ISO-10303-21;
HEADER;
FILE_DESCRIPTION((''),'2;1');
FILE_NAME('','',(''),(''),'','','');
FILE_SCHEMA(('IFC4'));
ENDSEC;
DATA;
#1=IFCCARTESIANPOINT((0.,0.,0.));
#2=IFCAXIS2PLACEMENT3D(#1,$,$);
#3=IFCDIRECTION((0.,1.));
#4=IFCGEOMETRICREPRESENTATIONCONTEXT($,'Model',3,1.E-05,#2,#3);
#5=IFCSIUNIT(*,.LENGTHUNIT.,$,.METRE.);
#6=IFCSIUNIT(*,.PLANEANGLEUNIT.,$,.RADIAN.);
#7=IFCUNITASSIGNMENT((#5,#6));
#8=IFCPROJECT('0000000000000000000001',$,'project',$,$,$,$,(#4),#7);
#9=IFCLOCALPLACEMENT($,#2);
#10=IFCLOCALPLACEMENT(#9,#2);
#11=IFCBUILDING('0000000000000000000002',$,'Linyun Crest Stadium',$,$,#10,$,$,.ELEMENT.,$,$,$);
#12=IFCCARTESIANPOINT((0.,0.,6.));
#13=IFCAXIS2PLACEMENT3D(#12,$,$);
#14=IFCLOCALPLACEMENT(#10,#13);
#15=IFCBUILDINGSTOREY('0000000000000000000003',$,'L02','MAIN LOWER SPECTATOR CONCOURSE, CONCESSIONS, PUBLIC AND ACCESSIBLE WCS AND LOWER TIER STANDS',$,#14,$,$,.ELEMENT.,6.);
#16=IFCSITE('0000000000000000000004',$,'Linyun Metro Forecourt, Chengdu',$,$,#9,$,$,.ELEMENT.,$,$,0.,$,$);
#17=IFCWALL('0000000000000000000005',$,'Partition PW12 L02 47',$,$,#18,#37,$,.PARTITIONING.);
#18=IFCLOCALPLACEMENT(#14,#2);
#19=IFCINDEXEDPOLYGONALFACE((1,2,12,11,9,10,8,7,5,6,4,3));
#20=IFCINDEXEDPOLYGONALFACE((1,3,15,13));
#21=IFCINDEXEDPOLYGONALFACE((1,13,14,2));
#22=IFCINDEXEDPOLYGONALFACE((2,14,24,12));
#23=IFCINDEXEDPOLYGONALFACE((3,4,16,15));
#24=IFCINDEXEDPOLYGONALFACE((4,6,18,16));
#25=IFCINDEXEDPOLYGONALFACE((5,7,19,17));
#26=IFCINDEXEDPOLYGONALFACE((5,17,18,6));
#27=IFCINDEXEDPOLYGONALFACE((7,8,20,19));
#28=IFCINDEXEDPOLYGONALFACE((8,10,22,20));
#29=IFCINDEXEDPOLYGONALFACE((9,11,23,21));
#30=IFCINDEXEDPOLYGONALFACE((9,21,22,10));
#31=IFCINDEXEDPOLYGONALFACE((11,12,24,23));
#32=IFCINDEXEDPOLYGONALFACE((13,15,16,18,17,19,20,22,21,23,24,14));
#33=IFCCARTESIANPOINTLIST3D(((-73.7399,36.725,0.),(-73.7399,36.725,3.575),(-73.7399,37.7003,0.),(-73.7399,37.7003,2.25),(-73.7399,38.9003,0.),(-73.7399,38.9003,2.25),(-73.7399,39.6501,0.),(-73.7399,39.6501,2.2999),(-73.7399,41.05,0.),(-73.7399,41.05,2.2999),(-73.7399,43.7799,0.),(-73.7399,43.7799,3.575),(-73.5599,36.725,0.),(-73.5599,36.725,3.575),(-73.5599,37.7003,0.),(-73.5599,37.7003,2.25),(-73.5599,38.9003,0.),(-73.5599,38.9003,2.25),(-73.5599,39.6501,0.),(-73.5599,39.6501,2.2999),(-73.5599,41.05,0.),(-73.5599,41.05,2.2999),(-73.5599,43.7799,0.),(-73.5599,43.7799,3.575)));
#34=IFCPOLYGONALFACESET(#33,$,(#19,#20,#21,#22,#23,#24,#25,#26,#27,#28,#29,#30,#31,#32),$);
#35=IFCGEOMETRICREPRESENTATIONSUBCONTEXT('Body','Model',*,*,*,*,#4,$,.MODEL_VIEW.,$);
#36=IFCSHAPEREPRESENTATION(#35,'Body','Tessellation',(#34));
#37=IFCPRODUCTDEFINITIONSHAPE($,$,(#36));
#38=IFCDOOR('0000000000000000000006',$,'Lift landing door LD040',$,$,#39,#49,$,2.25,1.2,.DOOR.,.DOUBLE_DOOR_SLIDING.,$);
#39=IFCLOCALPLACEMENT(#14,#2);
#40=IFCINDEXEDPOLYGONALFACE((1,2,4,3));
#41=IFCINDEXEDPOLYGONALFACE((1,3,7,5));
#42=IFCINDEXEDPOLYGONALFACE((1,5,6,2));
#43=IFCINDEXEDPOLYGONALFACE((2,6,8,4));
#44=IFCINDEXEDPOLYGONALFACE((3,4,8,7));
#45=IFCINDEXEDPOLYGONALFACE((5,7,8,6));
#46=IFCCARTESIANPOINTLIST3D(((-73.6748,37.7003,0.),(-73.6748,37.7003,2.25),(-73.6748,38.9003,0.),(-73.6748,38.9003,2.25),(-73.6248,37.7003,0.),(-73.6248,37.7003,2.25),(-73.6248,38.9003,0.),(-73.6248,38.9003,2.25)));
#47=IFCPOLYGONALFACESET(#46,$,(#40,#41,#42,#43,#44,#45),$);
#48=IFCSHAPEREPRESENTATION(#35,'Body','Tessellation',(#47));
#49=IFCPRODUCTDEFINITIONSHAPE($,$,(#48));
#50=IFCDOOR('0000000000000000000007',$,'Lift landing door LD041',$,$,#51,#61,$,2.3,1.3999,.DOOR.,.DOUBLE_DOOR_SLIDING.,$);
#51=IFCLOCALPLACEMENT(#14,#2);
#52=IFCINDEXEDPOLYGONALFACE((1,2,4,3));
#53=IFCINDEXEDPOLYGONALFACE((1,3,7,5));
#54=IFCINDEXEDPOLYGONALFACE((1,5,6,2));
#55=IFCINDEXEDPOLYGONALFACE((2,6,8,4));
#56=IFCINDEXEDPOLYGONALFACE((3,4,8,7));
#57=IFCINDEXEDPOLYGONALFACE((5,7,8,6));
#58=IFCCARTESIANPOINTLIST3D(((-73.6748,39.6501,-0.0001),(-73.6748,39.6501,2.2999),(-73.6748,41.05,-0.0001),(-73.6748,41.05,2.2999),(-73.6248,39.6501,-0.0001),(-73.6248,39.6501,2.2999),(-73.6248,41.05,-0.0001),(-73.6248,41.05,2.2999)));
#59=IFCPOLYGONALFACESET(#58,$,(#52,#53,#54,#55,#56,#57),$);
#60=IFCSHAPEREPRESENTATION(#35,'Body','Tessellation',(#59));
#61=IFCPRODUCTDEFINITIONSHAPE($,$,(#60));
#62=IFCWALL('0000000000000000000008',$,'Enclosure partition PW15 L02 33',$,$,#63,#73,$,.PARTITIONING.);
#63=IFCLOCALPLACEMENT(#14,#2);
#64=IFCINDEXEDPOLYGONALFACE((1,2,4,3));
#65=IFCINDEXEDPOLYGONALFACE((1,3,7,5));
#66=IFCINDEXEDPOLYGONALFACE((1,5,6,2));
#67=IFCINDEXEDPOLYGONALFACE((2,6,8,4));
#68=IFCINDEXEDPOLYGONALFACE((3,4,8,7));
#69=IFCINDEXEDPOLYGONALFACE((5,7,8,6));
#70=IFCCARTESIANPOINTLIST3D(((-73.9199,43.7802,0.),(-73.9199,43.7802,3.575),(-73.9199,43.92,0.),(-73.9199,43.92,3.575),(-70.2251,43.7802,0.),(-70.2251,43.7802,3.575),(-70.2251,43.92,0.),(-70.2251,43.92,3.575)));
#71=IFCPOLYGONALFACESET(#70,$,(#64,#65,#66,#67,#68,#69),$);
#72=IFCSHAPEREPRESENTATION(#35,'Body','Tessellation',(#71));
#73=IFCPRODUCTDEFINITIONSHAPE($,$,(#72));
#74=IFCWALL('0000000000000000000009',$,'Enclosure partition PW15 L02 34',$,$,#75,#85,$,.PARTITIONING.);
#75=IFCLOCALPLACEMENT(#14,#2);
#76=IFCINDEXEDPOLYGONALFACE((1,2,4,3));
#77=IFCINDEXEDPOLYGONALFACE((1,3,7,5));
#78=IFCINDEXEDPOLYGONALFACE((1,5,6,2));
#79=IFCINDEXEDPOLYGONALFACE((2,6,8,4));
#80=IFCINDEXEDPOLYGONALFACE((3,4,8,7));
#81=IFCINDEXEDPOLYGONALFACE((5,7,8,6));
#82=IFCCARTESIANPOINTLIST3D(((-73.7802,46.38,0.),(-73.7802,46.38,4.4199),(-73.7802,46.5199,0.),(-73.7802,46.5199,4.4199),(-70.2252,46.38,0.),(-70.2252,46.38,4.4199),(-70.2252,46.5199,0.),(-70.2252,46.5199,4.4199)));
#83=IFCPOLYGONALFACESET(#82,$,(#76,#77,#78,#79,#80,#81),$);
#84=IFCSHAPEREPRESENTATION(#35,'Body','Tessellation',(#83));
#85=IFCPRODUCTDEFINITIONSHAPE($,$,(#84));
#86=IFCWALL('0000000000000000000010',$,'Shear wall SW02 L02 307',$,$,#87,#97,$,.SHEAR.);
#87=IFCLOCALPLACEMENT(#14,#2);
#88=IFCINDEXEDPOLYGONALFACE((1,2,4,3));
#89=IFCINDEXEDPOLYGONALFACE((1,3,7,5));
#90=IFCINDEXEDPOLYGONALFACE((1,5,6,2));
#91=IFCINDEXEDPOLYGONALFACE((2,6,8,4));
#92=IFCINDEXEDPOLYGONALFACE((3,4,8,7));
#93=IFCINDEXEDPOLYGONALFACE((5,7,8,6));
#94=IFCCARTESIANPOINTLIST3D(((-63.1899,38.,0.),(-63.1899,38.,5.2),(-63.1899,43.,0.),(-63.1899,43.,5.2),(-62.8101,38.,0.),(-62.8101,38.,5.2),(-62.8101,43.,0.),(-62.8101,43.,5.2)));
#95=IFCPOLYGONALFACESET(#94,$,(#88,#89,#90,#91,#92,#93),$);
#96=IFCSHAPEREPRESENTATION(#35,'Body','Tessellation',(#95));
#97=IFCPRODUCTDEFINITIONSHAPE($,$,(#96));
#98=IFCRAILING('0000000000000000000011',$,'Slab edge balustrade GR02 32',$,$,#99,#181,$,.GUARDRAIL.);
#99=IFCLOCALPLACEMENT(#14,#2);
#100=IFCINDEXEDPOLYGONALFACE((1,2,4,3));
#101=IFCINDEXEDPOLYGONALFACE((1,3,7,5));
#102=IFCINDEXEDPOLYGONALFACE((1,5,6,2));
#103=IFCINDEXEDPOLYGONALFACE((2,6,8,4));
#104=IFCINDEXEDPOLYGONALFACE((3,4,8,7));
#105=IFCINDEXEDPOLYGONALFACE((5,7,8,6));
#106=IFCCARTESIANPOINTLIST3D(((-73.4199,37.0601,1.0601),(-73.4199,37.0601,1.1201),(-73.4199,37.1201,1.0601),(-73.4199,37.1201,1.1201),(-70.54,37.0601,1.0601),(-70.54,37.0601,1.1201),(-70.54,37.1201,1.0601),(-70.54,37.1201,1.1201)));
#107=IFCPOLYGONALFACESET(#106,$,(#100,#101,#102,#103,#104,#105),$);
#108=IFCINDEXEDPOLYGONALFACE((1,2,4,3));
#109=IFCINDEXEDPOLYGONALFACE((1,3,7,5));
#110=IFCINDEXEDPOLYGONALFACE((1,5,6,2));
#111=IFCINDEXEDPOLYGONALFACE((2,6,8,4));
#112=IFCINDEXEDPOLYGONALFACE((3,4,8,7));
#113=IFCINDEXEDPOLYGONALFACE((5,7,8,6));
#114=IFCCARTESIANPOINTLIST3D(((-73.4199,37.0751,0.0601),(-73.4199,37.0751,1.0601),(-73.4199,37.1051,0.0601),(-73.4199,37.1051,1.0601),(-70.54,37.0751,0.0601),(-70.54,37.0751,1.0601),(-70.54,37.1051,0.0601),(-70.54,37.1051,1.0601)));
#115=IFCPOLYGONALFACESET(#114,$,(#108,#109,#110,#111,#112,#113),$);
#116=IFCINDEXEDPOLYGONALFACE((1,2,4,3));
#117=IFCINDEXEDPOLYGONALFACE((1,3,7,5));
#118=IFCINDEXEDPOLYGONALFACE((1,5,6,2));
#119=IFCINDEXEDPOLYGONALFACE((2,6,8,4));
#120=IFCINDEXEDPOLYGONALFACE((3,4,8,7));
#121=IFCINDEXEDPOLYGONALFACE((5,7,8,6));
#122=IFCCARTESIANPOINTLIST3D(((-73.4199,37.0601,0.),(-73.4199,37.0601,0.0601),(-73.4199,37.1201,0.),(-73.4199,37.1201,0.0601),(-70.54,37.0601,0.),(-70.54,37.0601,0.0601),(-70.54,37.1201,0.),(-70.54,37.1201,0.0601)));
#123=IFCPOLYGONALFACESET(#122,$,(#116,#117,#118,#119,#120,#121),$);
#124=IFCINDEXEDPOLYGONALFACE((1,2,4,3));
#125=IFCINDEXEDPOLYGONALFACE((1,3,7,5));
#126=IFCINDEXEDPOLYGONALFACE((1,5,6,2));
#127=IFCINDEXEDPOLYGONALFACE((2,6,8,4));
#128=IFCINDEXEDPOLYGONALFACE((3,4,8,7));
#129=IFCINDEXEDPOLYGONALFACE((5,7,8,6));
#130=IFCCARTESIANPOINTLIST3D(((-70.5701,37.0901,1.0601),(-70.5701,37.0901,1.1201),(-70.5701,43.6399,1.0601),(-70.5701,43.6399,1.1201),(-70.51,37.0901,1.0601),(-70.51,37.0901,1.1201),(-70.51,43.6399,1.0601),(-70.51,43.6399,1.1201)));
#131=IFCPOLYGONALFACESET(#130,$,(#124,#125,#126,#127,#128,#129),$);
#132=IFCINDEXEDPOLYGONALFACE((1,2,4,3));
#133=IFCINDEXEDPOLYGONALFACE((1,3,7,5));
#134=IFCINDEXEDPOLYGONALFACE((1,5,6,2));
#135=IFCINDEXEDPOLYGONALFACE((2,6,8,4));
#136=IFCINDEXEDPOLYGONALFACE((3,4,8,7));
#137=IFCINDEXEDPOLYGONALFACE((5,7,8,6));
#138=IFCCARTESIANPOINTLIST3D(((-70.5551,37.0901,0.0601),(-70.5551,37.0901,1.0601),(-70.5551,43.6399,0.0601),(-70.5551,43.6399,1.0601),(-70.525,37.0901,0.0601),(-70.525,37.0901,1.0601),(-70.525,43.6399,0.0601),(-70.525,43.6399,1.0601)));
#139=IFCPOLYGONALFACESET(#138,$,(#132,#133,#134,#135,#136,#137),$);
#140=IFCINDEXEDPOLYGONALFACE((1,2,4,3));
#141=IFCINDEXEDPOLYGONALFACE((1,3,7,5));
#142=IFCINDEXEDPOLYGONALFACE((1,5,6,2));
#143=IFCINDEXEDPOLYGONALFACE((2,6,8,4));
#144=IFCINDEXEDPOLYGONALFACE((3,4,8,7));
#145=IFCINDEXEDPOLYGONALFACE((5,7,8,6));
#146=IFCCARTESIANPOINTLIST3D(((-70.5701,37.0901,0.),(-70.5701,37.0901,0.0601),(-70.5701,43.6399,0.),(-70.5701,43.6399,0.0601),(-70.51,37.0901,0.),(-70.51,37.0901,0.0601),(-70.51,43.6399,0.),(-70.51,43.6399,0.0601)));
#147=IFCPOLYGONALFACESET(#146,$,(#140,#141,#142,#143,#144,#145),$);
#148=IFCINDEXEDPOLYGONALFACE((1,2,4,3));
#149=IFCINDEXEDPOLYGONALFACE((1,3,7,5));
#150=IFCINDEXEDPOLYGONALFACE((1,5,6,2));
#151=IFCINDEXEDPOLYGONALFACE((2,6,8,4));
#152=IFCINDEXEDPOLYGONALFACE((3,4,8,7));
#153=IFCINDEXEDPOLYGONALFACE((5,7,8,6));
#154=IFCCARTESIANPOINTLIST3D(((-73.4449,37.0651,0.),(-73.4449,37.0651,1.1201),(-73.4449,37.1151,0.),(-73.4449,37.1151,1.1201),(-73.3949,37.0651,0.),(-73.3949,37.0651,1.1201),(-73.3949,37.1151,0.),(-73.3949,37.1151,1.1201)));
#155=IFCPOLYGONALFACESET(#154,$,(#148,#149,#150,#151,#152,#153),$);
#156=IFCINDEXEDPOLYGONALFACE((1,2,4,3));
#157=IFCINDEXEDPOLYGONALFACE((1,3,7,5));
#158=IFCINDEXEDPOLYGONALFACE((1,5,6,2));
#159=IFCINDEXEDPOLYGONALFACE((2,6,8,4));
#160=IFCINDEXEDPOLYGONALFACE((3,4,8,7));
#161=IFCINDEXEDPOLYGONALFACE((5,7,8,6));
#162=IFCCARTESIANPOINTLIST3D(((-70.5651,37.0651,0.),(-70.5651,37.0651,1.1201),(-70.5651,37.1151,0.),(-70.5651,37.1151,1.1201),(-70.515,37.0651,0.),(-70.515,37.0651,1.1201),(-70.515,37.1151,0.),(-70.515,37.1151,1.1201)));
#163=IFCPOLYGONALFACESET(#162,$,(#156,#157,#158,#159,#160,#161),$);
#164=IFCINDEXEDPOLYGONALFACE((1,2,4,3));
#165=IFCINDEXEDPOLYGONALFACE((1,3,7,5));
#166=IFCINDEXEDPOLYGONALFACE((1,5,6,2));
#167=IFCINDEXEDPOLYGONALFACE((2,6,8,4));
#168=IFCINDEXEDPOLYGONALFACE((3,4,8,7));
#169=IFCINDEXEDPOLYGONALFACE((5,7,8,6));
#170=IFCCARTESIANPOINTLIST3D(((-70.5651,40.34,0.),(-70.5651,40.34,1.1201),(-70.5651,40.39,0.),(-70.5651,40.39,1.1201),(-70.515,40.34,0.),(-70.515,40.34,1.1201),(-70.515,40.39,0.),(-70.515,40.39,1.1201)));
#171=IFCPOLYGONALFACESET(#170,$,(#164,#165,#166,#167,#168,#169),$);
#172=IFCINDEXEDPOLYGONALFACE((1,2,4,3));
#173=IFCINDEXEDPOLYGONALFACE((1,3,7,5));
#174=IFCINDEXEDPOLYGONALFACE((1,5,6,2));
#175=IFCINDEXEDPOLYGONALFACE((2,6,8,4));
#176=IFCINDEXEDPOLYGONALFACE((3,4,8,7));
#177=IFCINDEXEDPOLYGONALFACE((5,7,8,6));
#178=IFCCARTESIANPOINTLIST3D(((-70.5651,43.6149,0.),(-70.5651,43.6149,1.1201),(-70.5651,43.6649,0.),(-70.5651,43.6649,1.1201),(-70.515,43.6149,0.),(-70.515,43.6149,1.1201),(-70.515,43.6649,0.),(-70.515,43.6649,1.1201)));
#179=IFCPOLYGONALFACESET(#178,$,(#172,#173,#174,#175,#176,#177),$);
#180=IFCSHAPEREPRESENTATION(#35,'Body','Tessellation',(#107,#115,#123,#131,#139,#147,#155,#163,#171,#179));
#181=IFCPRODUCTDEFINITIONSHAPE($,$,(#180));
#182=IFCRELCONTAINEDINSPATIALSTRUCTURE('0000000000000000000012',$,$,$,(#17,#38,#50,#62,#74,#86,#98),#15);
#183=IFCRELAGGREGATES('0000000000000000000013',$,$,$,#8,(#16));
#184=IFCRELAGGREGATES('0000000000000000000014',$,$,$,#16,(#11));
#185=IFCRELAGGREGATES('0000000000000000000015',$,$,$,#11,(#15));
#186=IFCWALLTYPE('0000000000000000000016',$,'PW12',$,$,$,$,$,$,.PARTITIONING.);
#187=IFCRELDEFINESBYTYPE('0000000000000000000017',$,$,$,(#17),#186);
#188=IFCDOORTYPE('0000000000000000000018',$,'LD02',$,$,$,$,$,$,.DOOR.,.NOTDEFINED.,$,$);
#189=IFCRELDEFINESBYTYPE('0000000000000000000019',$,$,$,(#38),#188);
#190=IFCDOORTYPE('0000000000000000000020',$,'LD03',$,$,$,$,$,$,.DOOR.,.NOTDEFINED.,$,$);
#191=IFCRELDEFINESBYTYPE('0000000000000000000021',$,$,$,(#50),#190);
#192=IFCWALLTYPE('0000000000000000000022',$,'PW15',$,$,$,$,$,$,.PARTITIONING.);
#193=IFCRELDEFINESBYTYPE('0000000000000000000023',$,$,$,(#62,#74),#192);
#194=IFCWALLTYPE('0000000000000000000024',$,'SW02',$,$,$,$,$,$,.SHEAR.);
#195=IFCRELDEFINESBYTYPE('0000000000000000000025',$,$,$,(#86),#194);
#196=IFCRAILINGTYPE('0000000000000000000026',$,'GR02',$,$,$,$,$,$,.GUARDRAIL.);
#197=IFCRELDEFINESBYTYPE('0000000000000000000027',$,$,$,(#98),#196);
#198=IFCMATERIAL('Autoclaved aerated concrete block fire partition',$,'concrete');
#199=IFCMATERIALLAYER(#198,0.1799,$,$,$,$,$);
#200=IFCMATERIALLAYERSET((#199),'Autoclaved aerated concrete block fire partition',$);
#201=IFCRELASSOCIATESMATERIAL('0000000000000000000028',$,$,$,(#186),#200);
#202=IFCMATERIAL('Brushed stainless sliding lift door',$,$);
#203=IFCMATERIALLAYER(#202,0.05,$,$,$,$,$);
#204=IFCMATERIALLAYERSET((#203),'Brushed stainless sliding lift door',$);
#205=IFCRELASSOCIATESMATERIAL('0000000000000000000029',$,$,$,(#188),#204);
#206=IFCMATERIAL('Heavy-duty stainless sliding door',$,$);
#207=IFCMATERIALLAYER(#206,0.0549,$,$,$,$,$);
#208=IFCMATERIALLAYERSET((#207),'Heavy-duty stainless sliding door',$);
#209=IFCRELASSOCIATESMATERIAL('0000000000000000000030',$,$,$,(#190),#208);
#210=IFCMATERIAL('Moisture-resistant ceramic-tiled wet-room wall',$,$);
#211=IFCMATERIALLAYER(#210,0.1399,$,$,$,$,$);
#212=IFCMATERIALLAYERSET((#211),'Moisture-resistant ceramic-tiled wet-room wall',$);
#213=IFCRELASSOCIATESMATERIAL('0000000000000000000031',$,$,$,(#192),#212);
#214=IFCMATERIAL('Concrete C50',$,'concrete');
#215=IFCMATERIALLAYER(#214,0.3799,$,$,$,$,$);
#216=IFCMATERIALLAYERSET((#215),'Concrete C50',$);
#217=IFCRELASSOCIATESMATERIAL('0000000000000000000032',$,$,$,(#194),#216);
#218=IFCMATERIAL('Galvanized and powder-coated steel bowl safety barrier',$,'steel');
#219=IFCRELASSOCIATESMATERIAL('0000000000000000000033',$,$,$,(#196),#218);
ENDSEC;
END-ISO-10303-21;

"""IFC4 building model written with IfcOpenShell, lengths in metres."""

from ifc_helpers import new_model, si_unit, direction, frame, frame_2d, origin, origin_2d, place, context, subcontext, project, spatial, rectangle, extrude, material, layer, layer_set, type_object, element, fill, save


model = new_model("IFC4")

# Units and contexts
model_context = context("Model", 3, precision=1e-05, world=origin(), true_north=direction((0.0, 1.0)))
body_context = subcontext(model_context, "Body", "Model", "MODEL_VIEW")
ifc_project = project(units=[si_unit("LENGTHUNIT", "METRE"), si_unit("PLANEANGLEUNIT", "RADIAN")], contexts=[model_context])

# Site, building, storey
site_placement = place(None, origin())
site = spatial("IfcSite", under=ifc_project, at=site_placement, Name="Linyun Metro Forecourt, Chengdu", CompositionType="ELEMENT", RefElevation=0.0)
building_placement = place(site_placement, origin())
building = spatial("IfcBuilding", under=site, at=building_placement, Name="Linyun Crest Stadium", CompositionType="ELEMENT")
storey_placement = place(building_placement, frame((0.0, 0.0, 6.0)))
storey = spatial("IfcBuildingStorey", under=building, at=storey_placement, Name="L02", Description="MAIN LOWER SPECTATOR CONCOURSE, CONCESSIONS, PUBLIC AND ACCESSIBLE WCS AND LOWER TIER STANDS", CompositionType="ELEMENT", Elevation=6.0)

# Wall, openings, doors
ifc_material_1 = material(Name="Autoclaved aerated concrete block fire partition", Category="concrete")
ifc_layer_1 = layer(ifc_material_1, 0.1799)
ifc_layer_set_1 = layer_set([ifc_layer_1], Name="Autoclaved aerated concrete block fire partition")
wall_type_1 = type_object("IfcWallType", Name="PW12", PredefinedType="PARTITIONING", material=ifc_layer_set_1)
wall_1_placement = place(storey_placement, frame((-73.6499, 36.7251, 0.0), z_axis=(0.0, 0.0, 1.0), x_axis=(0.0, 1.0, 0.0)))
wall_1 = element("IfcWall", 1, at=wall_1_placement, inside=storey, type_object=wall_type_1, Name="Partition PW12 L02 47", PredefinedType="PARTITIONING", context=body_context, shape_type="SweptSolid", body=[
    extrude(rectangle(XDim=7.0549, YDim=0.1799, at=frame_2d((3.5273, 0.0))), origin(), (0.0, 0.0, 1.0), 3.575),
])
opening_1_placement = place(wall_1_placement, frame((0.9751, 0.0, 0.0)))
opening_1 = element("IfcOpeningElement", 2, at=opening_1_placement, cuts=wall_1, PredefinedType="OPENING", context=body_context, shape_type="SweptSolid", body=[
    extrude(rectangle(XDim=1.2, YDim=2.25, at=frame_2d((0.6001, 1.125))), frame((0.0, 0.0999, 0.0), z_axis=(0.0, -1.0, 0.0), x_axis=(1.0, 0.0, 0.0)), (0.0, 0.0, 1.0), 0.2),
])
opening_2_placement = place(wall_1_placement, frame((2.925, 0.0, 0.0)))
opening_2 = element("IfcOpeningElement", 3, at=opening_2_placement, cuts=wall_1, PredefinedType="OPENING", context=body_context, shape_type="SweptSolid", body=[
    extrude(rectangle(XDim=1.3999, YDim=2.3, at=frame_2d((0.7, 1.1499))), frame((0.0, 0.0999, 0.0), z_axis=(0.0, -1.0, 0.0), x_axis=(1.0, 0.0, 0.0)), (0.0, 0.0, 1.0), 0.2),
])
ifc_material_2 = material(Name="Brushed stainless sliding lift door")
ifc_layer_2 = layer(ifc_material_2, 0.05)
ifc_layer_set_2 = layer_set([ifc_layer_2], Name="Brushed stainless sliding lift door")
door_type_1 = type_object("IfcDoorType", Name="LD02", OperationType="NOTDEFINED", PredefinedType="DOOR", material=ifc_layer_set_2)
door_1_placement = place(opening_1_placement, origin())
door_1 = element("IfcDoor", 4, at=door_1_placement, inside=storey, type_object=door_type_1, Name="Lift landing door LD040", OperationType="DOUBLE_DOOR_SLIDING", OverallHeight=2.25, OverallWidth=1.2, PredefinedType="DOOR", context=body_context, shape_type="SweptSolid", body=[
    extrude(rectangle(XDim=1.2, YDim=2.25, at=frame_2d((0.6001, 1.125))), frame((0.0, 0.0249, 0.0), z_axis=(0.0, -1.0, 0.0), x_axis=(1.0, 0.0, 0.0)), (0.0, 0.0, 1.0), 0.05),
])
fill(opening_1, door_1)
ifc_material_3 = material(Name="Heavy-duty stainless sliding door")
ifc_layer_3 = layer(ifc_material_3, 0.0549)
ifc_layer_set_3 = layer_set([ifc_layer_3], Name="Heavy-duty stainless sliding door")
door_type_2 = type_object("IfcDoorType", Name="LD03", OperationType="NOTDEFINED", PredefinedType="DOOR", material=ifc_layer_set_3)
door_2_placement = place(opening_2_placement, origin())
door_2 = element("IfcDoor", 5, at=door_2_placement, inside=storey, type_object=door_type_2, Name="Lift landing door LD041", OperationType="DOUBLE_DOOR_SLIDING", OverallHeight=2.3, OverallWidth=1.3999, PredefinedType="DOOR", context=body_context, shape_type="SweptSolid", body=[
    extrude(rectangle(XDim=1.3999, YDim=2.3, at=frame_2d((0.7, 1.1499))), frame((0.0, 0.0249, 0.0), z_axis=(0.0, -1.0, 0.0), x_axis=(1.0, 0.0, 0.0)), (0.0, 0.0, 1.0), 0.05),
])
fill(opening_2, door_2)
ifc_material_4 = material(Name="Moisture-resistant ceramic-tiled wet-room wall")
ifc_layer_4 = layer(ifc_material_4, 0.1399)
ifc_layer_set_4 = layer_set([ifc_layer_4], Name="Moisture-resistant ceramic-tiled wet-room wall")
wall_type_2 = type_object("IfcWallType", Name="PW15", PredefinedType="PARTITIONING", material=ifc_layer_set_4)

# Walls
wall_2_placement = place(storey_placement, frame((-73.9199, 43.8501, 0.0), z_axis=(0.0, 0.0, 1.0), x_axis=(1.0, 0.0, 0.0)))
element("IfcWall", 6, at=wall_2_placement, inside=storey, type_object=wall_type_2, Name="Enclosure partition PW15 L02 33", PredefinedType="PARTITIONING", context=body_context, shape_type="SweptSolid", body=[
    extrude(rectangle(XDim=3.6948, YDim=0.1399, at=frame_2d((1.8474, 0.0))), origin(), (0.0, 0.0, 1.0), 3.575),
])
wall_3_placement = place(storey_placement, frame((-73.78, 46.45, 0.0), z_axis=(0.0, 0.0, 1.0), x_axis=(1.0, 0.0, 0.0)))
element("IfcWall", 7, at=wall_3_placement, inside=storey, type_object=wall_type_2, Name="Enclosure partition PW15 L02 34", PredefinedType="PARTITIONING", context=body_context, shape_type="SweptSolid", body=[
    extrude(rectangle(XDim=3.5549, YDim=0.1399, at=frame_2d((1.7773, 0.0))), origin(), (0.0, 0.0, 1.0), 4.4199),
])
ifc_material_5 = material(Name="Concrete C50", Category="concrete")
ifc_layer_5 = layer(ifc_material_5, 0.3799)
ifc_layer_set_5 = layer_set([ifc_layer_5], Name="Concrete C50")
wall_type_3 = type_object("IfcWallType", Name="SW02", PredefinedType="SHEAR", material=ifc_layer_set_5)
wall_4_placement = place(storey_placement, frame((-63.0, 38.0, 0.0), z_axis=(0.0, 0.0, 1.0), x_axis=(0.0, 1.0, 0.0)))
element("IfcWall", 8, at=wall_4_placement, inside=storey, type_object=wall_type_3, Name="Shear wall SW02 L02 307", PredefinedType="SHEAR", context=body_context, shape_type="SweptSolid", body=[
    extrude(rectangle(XDim=5.0, YDim=0.3799, at=frame_2d((2.5, 0.0))), origin(), (0.0, 0.0, 1.0), 5.2),
])

# Railing
ifc_material_6 = material(Name="Galvanized and powder-coated steel bowl safety barrier", Category="steel")
railing_type = type_object("IfcRailingType", Name="GR02", PredefinedType="GUARDRAIL", material=ifc_material_6)
railing_placement = place(storey_placement, frame((-73.4199, 37.0901, 0.0)))
element("IfcRailing", 9, at=railing_placement, inside=storey, type_object=railing_type, Name="Slab edge balustrade GR02 32", PredefinedType="GUARDRAIL", context=body_context, shape_type="SweptSolid", body=[
    extrude(rectangle(XDim=0.0601, YDim=0.0601, at=origin_2d()), frame((0.0, 0.0, 1.0901), z_axis=(1.0, 0.0, 0.0), x_axis=(0.0, 1.0, 0.0)), (0.0, 0.0, 1.0), 2.8799),
    extrude(rectangle(XDim=0.03, YDim=1.0, at=origin_2d()), frame((0.0, 0.0, 0.5601), z_axis=(1.0, 0.0, 0.0), x_axis=(0.0, 1.0, 0.0)), (0.0, 0.0, 1.0), 2.8799),
    extrude(rectangle(XDim=0.0601, YDim=0.0601, at=origin_2d()), frame((0.0, 0.0, 0.03), z_axis=(1.0, 0.0, 0.0), x_axis=(0.0, 1.0, 0.0)), (0.0, 0.0, 1.0), 2.8799),
    extrude(rectangle(XDim=0.0601, YDim=0.0601, at=origin_2d()), frame((2.8799, 0.0, 1.0901), z_axis=(0.0, 1.0, 0.0), x_axis=(-1.0, 0.0, 0.0)), (0.0, 0.0, 1.0), 6.5498),
    extrude(rectangle(XDim=0.03, YDim=1.0, at=origin_2d()), frame((2.8799, 0.0, 0.5601), z_axis=(0.0, 1.0, 0.0), x_axis=(-1.0, 0.0, 0.0)), (0.0, 0.0, 1.0), 6.5498),
    extrude(rectangle(XDim=0.0601, YDim=0.0601, at=origin_2d()), frame((2.8799, 0.0, 0.03), z_axis=(0.0, 1.0, 0.0), x_axis=(-1.0, 0.0, 0.0)), (0.0, 0.0, 1.0), 6.5498),
    extrude(rectangle(XDim=0.05, YDim=0.05, at=origin_2d()), origin(), (0.0, 0.0, 1.0), 1.1201),
    extrude(rectangle(XDim=0.05, YDim=0.05, at=origin_2d()), frame((2.8799, 0.0, 0.0)), (0.0, 0.0, 1.0), 1.1201),
    extrude(rectangle(XDim=0.05, YDim=0.05, at=origin_2d()), frame((2.8799, 3.2749, 0.0)), (0.0, 0.0, 1.0), 1.1201),
    extrude(rectangle(XDim=0.05, YDim=0.05, at=origin_2d()), frame((2.8799, 6.5498, 0.0)), (0.0, 0.0, 1.0), 1.1201),
])

save(model, "model.ifc")
